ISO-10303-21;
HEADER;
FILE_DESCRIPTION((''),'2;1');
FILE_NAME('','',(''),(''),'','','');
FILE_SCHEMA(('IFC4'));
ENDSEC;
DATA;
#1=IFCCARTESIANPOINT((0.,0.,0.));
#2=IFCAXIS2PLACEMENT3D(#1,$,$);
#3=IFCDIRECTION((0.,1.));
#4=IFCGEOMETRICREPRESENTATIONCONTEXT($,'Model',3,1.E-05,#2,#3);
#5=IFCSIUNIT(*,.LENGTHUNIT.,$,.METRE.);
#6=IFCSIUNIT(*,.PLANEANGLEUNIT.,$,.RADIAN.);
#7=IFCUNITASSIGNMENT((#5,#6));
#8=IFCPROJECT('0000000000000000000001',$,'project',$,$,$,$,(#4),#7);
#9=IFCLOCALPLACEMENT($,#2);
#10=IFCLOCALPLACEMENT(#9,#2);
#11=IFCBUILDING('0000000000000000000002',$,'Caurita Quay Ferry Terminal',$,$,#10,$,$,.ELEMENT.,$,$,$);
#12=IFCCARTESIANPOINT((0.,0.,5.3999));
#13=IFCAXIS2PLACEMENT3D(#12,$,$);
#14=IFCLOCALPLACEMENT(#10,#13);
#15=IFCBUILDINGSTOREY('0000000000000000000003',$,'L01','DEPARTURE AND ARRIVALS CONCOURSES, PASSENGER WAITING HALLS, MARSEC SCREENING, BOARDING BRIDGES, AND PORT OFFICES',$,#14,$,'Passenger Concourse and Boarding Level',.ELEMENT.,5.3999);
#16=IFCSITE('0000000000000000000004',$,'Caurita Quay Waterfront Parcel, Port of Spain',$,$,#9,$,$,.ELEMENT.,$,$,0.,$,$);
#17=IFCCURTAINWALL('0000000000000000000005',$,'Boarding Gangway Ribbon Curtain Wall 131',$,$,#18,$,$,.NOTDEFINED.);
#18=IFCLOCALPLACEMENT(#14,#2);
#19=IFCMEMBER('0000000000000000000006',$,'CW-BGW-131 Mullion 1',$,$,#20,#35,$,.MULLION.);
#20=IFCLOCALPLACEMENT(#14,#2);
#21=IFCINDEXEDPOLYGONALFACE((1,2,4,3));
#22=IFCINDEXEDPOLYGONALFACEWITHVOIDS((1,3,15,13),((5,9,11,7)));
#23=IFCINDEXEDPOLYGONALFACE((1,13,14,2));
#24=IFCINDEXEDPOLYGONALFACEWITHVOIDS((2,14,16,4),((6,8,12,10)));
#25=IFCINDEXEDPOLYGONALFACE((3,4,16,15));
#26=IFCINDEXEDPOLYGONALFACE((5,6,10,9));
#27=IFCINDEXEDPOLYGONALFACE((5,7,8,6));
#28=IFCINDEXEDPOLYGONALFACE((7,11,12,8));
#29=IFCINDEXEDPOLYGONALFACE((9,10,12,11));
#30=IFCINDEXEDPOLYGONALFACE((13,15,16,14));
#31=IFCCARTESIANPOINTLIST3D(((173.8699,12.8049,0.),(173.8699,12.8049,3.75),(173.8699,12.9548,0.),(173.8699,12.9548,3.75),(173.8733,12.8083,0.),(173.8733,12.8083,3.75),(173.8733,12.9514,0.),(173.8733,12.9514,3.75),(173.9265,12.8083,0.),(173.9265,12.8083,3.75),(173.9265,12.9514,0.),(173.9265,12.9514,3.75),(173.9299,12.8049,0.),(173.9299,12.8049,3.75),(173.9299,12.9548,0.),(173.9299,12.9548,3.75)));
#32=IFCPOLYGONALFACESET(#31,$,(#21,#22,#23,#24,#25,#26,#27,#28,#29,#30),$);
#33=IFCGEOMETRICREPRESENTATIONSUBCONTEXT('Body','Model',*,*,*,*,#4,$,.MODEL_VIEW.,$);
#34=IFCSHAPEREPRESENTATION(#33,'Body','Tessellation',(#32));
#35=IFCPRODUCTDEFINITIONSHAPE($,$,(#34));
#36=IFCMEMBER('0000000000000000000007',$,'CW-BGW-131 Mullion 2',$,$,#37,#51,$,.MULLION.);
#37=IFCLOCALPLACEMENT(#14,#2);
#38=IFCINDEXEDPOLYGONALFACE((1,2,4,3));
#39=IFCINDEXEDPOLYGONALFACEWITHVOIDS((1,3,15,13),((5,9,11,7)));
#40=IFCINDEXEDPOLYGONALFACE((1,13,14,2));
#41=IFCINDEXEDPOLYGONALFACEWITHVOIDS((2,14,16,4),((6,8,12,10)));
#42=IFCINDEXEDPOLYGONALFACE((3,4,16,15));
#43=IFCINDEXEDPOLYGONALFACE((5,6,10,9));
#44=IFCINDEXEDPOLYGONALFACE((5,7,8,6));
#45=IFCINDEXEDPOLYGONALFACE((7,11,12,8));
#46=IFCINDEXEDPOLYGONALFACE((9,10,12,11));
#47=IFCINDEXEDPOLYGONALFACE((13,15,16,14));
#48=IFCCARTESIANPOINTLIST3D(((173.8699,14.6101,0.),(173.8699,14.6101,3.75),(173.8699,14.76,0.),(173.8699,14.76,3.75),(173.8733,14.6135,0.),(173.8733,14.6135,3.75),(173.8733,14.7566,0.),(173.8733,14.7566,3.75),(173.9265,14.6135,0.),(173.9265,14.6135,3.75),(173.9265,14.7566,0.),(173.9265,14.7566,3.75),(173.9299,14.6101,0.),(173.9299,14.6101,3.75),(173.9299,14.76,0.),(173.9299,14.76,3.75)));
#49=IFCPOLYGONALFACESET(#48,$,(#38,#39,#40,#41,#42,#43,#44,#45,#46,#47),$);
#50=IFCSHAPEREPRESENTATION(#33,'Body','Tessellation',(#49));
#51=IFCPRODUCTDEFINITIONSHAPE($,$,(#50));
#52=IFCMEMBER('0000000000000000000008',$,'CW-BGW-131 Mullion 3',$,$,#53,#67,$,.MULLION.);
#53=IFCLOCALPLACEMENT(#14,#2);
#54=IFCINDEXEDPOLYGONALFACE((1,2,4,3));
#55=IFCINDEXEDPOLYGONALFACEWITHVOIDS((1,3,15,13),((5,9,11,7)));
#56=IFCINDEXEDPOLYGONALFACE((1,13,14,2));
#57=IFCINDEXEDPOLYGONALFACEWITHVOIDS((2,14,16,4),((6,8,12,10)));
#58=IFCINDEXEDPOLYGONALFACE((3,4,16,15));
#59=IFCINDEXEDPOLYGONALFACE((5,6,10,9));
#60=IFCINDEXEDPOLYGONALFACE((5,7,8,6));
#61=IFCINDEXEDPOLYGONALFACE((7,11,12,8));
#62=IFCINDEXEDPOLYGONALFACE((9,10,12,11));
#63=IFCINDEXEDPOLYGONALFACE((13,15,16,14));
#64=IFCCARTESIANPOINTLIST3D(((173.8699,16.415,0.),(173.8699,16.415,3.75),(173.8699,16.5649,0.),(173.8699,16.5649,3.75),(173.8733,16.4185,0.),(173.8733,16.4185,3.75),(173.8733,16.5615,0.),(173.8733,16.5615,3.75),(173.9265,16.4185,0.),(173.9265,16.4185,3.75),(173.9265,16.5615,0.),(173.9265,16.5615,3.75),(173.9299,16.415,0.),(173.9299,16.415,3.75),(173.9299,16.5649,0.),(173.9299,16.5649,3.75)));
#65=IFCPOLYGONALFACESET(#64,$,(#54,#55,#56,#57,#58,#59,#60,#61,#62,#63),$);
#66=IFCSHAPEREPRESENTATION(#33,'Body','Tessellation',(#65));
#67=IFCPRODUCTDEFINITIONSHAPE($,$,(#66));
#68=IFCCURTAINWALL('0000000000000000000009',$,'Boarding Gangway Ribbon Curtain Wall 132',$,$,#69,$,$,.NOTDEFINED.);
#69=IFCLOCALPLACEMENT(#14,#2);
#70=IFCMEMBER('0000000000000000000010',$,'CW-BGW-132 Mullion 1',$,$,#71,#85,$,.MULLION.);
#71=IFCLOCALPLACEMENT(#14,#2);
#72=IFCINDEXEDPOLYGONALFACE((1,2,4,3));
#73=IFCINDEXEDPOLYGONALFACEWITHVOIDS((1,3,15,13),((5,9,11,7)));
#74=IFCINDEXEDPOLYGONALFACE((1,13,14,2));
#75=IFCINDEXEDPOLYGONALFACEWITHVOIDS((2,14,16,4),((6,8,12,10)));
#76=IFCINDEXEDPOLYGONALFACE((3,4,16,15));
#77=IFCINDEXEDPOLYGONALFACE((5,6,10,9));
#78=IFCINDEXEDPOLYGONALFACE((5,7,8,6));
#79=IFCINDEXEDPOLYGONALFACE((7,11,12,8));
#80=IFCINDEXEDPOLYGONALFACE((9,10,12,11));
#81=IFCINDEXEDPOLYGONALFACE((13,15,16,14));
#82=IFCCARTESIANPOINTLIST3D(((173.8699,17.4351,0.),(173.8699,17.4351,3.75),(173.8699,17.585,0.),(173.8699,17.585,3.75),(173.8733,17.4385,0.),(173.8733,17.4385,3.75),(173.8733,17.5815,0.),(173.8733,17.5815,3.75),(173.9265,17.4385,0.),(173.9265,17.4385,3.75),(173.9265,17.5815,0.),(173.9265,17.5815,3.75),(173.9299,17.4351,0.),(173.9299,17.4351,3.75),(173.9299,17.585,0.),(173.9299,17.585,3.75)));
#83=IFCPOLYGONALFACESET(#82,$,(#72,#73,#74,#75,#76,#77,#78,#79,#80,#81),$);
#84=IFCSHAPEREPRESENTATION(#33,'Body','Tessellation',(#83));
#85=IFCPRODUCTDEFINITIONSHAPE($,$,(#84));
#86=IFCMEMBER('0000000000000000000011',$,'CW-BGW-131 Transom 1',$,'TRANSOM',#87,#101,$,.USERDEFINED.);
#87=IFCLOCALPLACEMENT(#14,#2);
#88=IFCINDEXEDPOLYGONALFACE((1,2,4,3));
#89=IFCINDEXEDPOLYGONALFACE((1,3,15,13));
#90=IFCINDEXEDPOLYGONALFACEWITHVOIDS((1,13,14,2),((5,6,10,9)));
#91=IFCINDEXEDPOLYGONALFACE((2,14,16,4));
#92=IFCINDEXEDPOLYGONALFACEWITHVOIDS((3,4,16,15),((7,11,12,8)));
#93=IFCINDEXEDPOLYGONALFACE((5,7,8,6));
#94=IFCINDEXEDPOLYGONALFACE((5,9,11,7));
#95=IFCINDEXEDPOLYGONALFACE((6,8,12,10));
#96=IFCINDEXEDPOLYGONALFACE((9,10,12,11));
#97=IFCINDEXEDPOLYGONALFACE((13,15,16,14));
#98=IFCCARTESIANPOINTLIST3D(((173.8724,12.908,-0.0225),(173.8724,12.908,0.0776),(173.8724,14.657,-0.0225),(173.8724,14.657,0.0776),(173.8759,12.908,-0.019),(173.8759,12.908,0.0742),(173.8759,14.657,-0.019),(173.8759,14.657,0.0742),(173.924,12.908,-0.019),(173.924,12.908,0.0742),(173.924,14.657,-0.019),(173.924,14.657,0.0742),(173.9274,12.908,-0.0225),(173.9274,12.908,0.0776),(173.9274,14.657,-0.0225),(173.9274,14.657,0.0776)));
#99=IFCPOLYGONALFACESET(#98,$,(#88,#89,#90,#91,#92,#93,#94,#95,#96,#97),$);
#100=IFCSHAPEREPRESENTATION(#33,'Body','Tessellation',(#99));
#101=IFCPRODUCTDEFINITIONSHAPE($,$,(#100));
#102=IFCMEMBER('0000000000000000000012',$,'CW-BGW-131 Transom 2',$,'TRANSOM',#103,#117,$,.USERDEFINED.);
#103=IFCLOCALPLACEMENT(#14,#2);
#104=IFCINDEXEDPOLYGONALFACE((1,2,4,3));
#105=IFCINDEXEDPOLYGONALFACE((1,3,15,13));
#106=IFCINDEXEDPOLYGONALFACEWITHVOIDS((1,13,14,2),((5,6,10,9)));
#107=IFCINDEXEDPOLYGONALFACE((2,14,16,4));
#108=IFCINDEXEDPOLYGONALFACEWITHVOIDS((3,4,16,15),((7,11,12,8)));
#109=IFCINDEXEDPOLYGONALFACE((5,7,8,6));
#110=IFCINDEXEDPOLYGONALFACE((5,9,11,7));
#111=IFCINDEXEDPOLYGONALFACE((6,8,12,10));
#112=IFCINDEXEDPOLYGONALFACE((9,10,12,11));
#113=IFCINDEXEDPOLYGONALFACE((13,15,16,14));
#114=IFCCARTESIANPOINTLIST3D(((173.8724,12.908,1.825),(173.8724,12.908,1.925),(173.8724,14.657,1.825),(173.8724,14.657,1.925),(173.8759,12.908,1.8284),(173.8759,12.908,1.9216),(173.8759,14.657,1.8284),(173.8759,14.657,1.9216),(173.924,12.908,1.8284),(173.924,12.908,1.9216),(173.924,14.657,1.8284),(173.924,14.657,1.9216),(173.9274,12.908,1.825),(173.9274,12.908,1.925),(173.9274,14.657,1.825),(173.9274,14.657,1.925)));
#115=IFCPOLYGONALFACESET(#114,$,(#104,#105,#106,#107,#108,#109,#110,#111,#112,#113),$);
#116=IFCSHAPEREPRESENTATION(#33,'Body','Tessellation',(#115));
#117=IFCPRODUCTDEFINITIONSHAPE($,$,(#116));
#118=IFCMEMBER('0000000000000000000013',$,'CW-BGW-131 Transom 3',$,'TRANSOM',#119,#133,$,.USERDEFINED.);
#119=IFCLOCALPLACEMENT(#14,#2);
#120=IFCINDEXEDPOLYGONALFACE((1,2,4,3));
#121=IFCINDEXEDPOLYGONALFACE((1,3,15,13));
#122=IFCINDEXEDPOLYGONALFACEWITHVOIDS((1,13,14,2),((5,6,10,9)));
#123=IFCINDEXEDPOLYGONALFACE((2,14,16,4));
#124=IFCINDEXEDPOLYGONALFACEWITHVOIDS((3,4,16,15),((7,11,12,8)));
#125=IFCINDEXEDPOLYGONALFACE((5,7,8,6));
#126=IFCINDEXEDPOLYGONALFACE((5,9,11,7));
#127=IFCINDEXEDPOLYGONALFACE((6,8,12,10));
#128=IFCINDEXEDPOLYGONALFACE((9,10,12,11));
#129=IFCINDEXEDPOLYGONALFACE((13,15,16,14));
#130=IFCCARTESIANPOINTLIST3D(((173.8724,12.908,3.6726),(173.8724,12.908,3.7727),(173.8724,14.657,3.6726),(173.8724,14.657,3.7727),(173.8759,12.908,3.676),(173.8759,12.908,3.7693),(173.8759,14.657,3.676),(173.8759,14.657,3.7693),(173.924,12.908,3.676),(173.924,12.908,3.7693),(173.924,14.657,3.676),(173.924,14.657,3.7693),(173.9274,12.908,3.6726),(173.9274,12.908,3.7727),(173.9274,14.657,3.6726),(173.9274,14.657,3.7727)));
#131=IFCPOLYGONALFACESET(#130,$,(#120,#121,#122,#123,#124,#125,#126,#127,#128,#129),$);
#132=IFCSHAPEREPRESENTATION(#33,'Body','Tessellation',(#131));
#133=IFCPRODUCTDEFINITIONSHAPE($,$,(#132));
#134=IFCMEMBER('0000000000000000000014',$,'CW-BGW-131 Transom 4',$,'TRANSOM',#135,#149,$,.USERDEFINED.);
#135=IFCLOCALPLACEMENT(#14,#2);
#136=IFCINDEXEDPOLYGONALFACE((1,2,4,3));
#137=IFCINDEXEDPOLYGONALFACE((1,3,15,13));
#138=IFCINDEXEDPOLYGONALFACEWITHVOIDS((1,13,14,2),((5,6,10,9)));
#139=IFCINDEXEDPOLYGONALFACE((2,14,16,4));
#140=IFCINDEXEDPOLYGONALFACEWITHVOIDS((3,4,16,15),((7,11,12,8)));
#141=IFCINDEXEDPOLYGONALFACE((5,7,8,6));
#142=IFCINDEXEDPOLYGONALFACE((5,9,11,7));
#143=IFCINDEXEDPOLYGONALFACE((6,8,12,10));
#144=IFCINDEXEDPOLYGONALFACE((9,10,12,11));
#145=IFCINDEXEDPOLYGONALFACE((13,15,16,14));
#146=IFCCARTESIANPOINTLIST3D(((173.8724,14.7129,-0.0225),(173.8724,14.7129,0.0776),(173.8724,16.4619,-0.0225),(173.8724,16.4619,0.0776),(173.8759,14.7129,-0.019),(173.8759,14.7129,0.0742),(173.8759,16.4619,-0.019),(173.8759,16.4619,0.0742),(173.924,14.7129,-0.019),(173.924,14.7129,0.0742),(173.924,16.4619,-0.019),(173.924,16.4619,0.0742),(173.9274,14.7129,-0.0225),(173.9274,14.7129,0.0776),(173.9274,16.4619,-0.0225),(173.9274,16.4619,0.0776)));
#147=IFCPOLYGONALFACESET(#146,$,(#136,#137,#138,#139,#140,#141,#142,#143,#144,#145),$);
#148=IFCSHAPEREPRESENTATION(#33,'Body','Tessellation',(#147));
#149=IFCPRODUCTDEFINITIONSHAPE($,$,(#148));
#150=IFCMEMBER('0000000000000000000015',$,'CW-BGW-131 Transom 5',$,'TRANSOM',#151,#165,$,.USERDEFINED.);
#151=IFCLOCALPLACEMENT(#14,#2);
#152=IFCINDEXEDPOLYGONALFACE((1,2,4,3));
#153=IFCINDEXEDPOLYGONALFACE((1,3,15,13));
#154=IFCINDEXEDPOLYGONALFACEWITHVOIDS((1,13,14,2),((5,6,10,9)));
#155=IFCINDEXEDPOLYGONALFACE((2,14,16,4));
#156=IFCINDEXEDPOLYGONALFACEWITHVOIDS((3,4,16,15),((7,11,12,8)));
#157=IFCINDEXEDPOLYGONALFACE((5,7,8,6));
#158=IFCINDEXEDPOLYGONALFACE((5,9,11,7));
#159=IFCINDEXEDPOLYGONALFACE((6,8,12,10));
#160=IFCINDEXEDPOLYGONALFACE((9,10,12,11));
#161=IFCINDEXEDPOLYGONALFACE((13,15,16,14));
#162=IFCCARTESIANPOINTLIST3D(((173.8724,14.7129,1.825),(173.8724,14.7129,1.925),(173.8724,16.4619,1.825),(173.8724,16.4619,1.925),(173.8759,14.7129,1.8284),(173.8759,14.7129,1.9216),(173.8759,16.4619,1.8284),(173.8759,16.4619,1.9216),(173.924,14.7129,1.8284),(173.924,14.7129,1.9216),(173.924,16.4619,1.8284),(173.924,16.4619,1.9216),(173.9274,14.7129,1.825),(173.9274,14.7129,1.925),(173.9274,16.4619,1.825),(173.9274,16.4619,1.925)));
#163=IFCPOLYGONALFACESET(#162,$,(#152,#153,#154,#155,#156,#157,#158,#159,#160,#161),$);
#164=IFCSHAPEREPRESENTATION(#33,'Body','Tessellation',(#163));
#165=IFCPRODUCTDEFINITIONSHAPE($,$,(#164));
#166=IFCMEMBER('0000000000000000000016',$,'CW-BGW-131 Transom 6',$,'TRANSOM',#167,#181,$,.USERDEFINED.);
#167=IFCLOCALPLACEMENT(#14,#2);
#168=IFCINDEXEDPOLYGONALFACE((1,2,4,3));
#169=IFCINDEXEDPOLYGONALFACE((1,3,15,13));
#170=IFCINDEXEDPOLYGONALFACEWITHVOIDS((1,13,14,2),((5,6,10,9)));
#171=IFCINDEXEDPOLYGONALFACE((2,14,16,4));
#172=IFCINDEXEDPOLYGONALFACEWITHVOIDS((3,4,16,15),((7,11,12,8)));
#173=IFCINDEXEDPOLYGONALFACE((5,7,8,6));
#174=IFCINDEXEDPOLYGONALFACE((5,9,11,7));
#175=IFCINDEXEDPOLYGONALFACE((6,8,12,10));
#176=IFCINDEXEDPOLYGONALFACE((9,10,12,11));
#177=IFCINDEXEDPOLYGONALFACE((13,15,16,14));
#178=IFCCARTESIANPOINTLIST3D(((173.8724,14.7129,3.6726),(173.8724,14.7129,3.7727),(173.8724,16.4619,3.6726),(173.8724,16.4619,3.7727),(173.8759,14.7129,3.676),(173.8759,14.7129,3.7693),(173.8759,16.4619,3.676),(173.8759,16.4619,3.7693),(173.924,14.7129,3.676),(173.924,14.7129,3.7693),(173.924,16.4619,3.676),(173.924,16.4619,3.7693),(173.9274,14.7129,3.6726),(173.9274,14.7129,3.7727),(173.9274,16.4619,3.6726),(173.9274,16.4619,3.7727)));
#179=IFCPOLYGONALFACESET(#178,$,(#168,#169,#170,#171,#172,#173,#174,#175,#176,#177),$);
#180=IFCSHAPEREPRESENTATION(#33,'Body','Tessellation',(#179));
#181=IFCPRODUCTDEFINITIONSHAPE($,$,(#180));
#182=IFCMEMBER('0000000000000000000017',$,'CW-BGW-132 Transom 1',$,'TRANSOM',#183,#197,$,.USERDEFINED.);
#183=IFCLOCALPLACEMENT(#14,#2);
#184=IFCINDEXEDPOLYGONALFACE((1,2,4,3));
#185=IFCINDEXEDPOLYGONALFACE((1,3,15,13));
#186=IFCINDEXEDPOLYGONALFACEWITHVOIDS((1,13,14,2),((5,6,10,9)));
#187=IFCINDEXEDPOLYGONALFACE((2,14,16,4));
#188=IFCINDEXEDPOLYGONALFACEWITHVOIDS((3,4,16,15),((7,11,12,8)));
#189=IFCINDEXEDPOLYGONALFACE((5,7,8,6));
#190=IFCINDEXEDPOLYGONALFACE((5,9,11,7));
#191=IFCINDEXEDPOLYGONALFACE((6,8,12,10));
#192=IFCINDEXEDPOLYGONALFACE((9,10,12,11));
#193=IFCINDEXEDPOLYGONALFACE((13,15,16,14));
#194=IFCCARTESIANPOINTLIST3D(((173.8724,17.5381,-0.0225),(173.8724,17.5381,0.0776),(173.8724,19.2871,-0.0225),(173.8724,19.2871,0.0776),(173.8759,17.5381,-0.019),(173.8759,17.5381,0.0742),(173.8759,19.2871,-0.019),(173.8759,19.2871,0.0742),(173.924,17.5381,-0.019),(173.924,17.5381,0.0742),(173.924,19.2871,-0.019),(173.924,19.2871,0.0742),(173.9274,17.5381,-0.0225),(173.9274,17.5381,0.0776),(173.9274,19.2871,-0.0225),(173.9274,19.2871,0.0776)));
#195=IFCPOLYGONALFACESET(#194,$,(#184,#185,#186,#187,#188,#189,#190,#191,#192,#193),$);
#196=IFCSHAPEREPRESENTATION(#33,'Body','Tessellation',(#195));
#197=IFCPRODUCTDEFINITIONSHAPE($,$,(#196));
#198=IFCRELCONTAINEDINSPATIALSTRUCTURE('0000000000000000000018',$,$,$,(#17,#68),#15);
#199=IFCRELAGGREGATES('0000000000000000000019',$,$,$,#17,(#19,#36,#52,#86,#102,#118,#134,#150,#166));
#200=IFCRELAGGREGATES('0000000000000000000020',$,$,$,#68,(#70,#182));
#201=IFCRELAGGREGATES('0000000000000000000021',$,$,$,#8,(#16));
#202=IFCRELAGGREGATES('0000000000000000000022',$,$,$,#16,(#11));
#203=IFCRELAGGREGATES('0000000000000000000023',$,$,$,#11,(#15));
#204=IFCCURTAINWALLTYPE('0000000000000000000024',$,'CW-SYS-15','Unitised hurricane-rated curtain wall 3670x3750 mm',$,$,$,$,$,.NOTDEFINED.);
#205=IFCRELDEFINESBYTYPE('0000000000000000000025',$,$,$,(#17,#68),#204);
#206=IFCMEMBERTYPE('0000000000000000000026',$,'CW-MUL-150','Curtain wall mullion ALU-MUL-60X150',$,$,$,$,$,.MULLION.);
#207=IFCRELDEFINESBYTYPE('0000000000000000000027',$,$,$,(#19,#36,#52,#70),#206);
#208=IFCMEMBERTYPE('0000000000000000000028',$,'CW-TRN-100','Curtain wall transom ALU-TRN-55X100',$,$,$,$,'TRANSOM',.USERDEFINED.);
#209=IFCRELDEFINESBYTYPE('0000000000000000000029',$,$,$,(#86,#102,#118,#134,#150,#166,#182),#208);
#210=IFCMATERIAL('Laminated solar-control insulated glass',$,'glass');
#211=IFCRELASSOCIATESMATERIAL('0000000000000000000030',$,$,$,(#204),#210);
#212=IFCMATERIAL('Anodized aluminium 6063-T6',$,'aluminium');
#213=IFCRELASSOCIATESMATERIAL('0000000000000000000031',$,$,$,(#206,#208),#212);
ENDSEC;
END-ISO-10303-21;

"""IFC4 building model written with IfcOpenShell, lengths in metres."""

from ifc_helpers import new_model, si_unit, direction, frame, origin, origin_2d, place, context, subcontext, project, spatial, hollow_rectangle, extrude, material, material_profile, profile_set, type_object, element, aggregate, save


model = new_model("IFC4")

# Units and contexts
model_context = context("Model", 3, precision=1e-05, world=origin(), true_north=direction((0.0, 1.0)))
body_context = subcontext(model_context, "Body", "Model", "MODEL_VIEW")
ifc_project = project(units=[si_unit("LENGTHUNIT", "METRE"), si_unit("PLANEANGLEUNIT", "RADIAN")], contexts=[model_context])

# Site, building, storey
site_placement = place(None, origin())
site = spatial("IfcSite", under=ifc_project, at=site_placement, Name="Caurita Quay Waterfront Parcel, Port of Spain", CompositionType="ELEMENT", RefElevation=0.0)
building_placement = place(site_placement, origin())
building = spatial("IfcBuilding", under=site, at=building_placement, Name="Caurita Quay Ferry Terminal", CompositionType="ELEMENT")
storey_placement = place(building_placement, frame((0.0, 0.0, 5.3999)))
storey = spatial("IfcBuildingStorey", under=building, at=storey_placement, Name="L01", Description="DEPARTURE AND ARRIVALS CONCOURSES, PASSENGER WAITING HALLS, MARSEC SCREENING, BOARDING BRIDGES, AND PORT OFFICES", LongName="Passenger Concourse and Boarding Level", CompositionType="ELEMENT", Elevation=5.3999)

# Shared definitions
ifc_material_1 = material(Name="Laminated solar-control insulated glass", Category="glass")
curtain_wall_type = type_object("IfcCurtainWallType", Name="CW-SYS-15", Description="Unitised hurricane-rated curtain wall 3670x3750 mm", PredefinedType="NOTDEFINED", material=ifc_material_1)
ifc_material_2 = material(Name="Anodized aluminium 6063-T6", Category="aluminium")
ifc_material_profile_1 = material_profile(ifc_material_2, hollow_rectangle(XDim=0.0601, YDim=0.1499, WallThickness=0.0034, at=origin_2d()), Name="ALU-MUL-60X150")
ifc_profile_set_1 = profile_set([ifc_material_profile_1], Name="Anodized aluminium 6063-T6")
member_type_1 = type_object("IfcMemberType", Name="CW-MUL-150", Description="Curtain wall mullion ALU-MUL-60X150", PredefinedType="MULLION", material=ifc_profile_set_1)

# Curtain wall, members
curtain_wall_1_placement = place(storey_placement, origin())
curtain_wall_1 = element("IfcCurtainWall", 1, at=curtain_wall_1_placement, inside=storey, type_object=curtain_wall_type, Name="Boarding Gangway Ribbon Curtain Wall 131", PredefinedType="NOTDEFINED")
member_1_placement = place(storey_placement, frame((173.8999, 12.8799, 0.0), z_axis=(0.0, 0.0, 1.0), x_axis=(-1.0, 0.0, 0.0)))
member_1 = element("IfcMember", 2, at=member_1_placement, type_object=member_type_1, Name="CW-BGW-131 Mullion 1", PredefinedType="MULLION", context=body_context, shape_type="SweptSolid", body=[
    extrude(hollow_rectangle(XDim=0.0601, YDim=0.1499, WallThickness=0.0034, at=origin_2d()), origin(), (0.0, 0.0, 1.0), 3.75),
])
member_2_placement = place(storey_placement, frame((173.8999, 14.6851, 0.0), z_axis=(0.0, 0.0, 1.0), x_axis=(-1.0, 0.0, 0.0)))
member_2 = element("IfcMember", 3, at=member_2_placement, type_object=member_type_1, Name="CW-BGW-131 Mullion 2", PredefinedType="MULLION", context=body_context, shape_type="SweptSolid", body=[
    extrude(hollow_rectangle(XDim=0.0601, YDim=0.1499, WallThickness=0.0034, at=origin_2d()), origin(), (0.0, 0.0, 1.0), 3.75),
])
member_3_placement = place(storey_placement, frame((173.8999, 16.49, 0.0), z_axis=(0.0, 0.0, 1.0), x_axis=(-1.0, 0.0, 0.0)))
member_3 = element("IfcMember", 4, at=member_3_placement, type_object=member_type_1, Name="CW-BGW-131 Mullion 3", PredefinedType="MULLION", context=body_context, shape_type="SweptSolid", body=[
    extrude(hollow_rectangle(XDim=0.0601, YDim=0.1499, WallThickness=0.0034, at=origin_2d()), origin(), (0.0, 0.0, 1.0), 3.75),
])

# Curtain wall, member
curtain_wall_2_placement = place(storey_placement, origin())
curtain_wall_2 = element("IfcCurtainWall", 5, at=curtain_wall_2_placement, inside=storey, type_object=curtain_wall_type, Name="Boarding Gangway Ribbon Curtain Wall 132", PredefinedType="NOTDEFINED")
member_4_placement = place(storey_placement, frame((173.8999, 17.51, 0.0), z_axis=(0.0, 0.0, 1.0), x_axis=(-1.0, 0.0, 0.0)))
member_4 = element("IfcMember", 6, at=member_4_placement, type_object=member_type_1, Name="CW-BGW-132 Mullion 1", PredefinedType="MULLION", context=body_context, shape_type="SweptSolid", body=[
    extrude(hollow_rectangle(XDim=0.0601, YDim=0.1499, WallThickness=0.0034, at=origin_2d()), origin(), (0.0, 0.0, 1.0), 3.75),
])

# Members
ifc_material_profile_2 = material_profile(ifc_material_2, hollow_rectangle(XDim=0.0549, YDim=0.1001, WallThickness=0.0034, at=origin_2d()), Name="ALU-TRN-55X100")
ifc_profile_set_2 = profile_set([ifc_material_profile_2], Name="Anodized aluminium 6063-T6")
member_type_2 = type_object("IfcMemberType", Name="CW-TRN-100", Description="Curtain wall transom ALU-TRN-55X100", ElementType="TRANSOM", PredefinedType="USERDEFINED", material=ifc_profile_set_2)
member_5_placement = place(storey_placement, frame((173.8999, 12.908, 0.0276), z_axis=(0.0, 1.0, 0.0), x_axis=(-1.0, 0.0, 0.0)))
member_5 = element("IfcMember", 7, at=member_5_placement, type_object=member_type_2, Name="CW-BGW-131 Transom 1", ObjectType="TRANSOM", PredefinedType="USERDEFINED", context=body_context, shape_type="SweptSolid", body=[
    extrude(hollow_rectangle(XDim=0.0549, YDim=0.1001, WallThickness=0.0034, at=origin_2d()), origin(), (0.0, 0.0, 1.0), 1.749),
])
member_6_placement = place(storey_placement, frame((173.8999, 12.908, 1.875), z_axis=(0.0, 1.0, 0.0), x_axis=(-1.0, 0.0, 0.0)))
member_6 = element("IfcMember", 8, at=member_6_placement, type_object=member_type_2, Name="CW-BGW-131 Transom 2", ObjectType="TRANSOM", PredefinedType="USERDEFINED", context=body_context, shape_type="SweptSolid", body=[
    extrude(hollow_rectangle(XDim=0.0549, YDim=0.1001, WallThickness=0.0034, at=origin_2d()), origin(), (0.0, 0.0, 1.0), 1.749),
])
member_7_placement = place(storey_placement, frame((173.8999, 12.908, 3.7227), z_axis=(0.0, 1.0, 0.0), x_axis=(-1.0, 0.0, 0.0)))
member_7 = element("IfcMember", 9, at=member_7_placement, type_object=member_type_2, Name="CW-BGW-131 Transom 3", ObjectType="TRANSOM", PredefinedType="USERDEFINED", context=body_context, shape_type="SweptSolid", body=[
    extrude(hollow_rectangle(XDim=0.0549, YDim=0.1001, WallThickness=0.0034, at=origin_2d()), origin(), (0.0, 0.0, 1.0), 1.749),
])
member_8_placement = place(storey_placement, frame((173.8999, 14.7129, 0.0276), z_axis=(0.0, 1.0, 0.0), x_axis=(-1.0, 0.0, 0.0)))
member_8 = element("IfcMember", 10, at=member_8_placement, type_object=member_type_2, Name="CW-BGW-131 Transom 4", ObjectType="TRANSOM", PredefinedType="USERDEFINED", context=body_context, shape_type="SweptSolid", body=[
    extrude(hollow_rectangle(XDim=0.0549, YDim=0.1001, WallThickness=0.0034, at=origin_2d()), origin(), (0.0, 0.0, 1.0), 1.749),
])
member_9_placement = place(storey_placement, frame((173.8999, 14.7129, 1.875), z_axis=(0.0, 1.0, 0.0), x_axis=(-1.0, 0.0, 0.0)))
member_9 = element("IfcMember", 11, at=member_9_placement, type_object=member_type_2, Name="CW-BGW-131 Transom 5", ObjectType="TRANSOM", PredefinedType="USERDEFINED", context=body_context, shape_type="SweptSolid", body=[
    extrude(hollow_rectangle(XDim=0.0549, YDim=0.1001, WallThickness=0.0034, at=origin_2d()), origin(), (0.0, 0.0, 1.0), 1.749),
])
member_10_placement = place(storey_placement, frame((173.8999, 14.7129, 3.7227), z_axis=(0.0, 1.0, 0.0), x_axis=(-1.0, 0.0, 0.0)))
member_10 = element("IfcMember", 12, at=member_10_placement, type_object=member_type_2, Name="CW-BGW-131 Transom 6", ObjectType="TRANSOM", PredefinedType="USERDEFINED", context=body_context, shape_type="SweptSolid", body=[
    extrude(hollow_rectangle(XDim=0.0549, YDim=0.1001, WallThickness=0.0034, at=origin_2d()), origin(), (0.0, 0.0, 1.0), 1.749),
])
member_11_placement = place(storey_placement, frame((173.8999, 17.5381, 0.0276), z_axis=(0.0, 1.0, 0.0), x_axis=(-1.0, 0.0, 0.0)))
member_11 = element("IfcMember", 13, at=member_11_placement, type_object=member_type_2, Name="CW-BGW-132 Transom 1", ObjectType="TRANSOM", PredefinedType="USERDEFINED", context=body_context, shape_type="SweptSolid", body=[
    extrude(hollow_rectangle(XDim=0.0549, YDim=0.1001, WallThickness=0.0034, at=origin_2d()), origin(), (0.0, 0.0, 1.0), 1.749),
])

aggregate(curtain_wall_1, [member_1, member_2, member_3, member_5, member_6, member_7, member_8, member_9, member_10])
aggregate(curtain_wall_2, [member_4, member_11])

save(model, "model.ifc")
